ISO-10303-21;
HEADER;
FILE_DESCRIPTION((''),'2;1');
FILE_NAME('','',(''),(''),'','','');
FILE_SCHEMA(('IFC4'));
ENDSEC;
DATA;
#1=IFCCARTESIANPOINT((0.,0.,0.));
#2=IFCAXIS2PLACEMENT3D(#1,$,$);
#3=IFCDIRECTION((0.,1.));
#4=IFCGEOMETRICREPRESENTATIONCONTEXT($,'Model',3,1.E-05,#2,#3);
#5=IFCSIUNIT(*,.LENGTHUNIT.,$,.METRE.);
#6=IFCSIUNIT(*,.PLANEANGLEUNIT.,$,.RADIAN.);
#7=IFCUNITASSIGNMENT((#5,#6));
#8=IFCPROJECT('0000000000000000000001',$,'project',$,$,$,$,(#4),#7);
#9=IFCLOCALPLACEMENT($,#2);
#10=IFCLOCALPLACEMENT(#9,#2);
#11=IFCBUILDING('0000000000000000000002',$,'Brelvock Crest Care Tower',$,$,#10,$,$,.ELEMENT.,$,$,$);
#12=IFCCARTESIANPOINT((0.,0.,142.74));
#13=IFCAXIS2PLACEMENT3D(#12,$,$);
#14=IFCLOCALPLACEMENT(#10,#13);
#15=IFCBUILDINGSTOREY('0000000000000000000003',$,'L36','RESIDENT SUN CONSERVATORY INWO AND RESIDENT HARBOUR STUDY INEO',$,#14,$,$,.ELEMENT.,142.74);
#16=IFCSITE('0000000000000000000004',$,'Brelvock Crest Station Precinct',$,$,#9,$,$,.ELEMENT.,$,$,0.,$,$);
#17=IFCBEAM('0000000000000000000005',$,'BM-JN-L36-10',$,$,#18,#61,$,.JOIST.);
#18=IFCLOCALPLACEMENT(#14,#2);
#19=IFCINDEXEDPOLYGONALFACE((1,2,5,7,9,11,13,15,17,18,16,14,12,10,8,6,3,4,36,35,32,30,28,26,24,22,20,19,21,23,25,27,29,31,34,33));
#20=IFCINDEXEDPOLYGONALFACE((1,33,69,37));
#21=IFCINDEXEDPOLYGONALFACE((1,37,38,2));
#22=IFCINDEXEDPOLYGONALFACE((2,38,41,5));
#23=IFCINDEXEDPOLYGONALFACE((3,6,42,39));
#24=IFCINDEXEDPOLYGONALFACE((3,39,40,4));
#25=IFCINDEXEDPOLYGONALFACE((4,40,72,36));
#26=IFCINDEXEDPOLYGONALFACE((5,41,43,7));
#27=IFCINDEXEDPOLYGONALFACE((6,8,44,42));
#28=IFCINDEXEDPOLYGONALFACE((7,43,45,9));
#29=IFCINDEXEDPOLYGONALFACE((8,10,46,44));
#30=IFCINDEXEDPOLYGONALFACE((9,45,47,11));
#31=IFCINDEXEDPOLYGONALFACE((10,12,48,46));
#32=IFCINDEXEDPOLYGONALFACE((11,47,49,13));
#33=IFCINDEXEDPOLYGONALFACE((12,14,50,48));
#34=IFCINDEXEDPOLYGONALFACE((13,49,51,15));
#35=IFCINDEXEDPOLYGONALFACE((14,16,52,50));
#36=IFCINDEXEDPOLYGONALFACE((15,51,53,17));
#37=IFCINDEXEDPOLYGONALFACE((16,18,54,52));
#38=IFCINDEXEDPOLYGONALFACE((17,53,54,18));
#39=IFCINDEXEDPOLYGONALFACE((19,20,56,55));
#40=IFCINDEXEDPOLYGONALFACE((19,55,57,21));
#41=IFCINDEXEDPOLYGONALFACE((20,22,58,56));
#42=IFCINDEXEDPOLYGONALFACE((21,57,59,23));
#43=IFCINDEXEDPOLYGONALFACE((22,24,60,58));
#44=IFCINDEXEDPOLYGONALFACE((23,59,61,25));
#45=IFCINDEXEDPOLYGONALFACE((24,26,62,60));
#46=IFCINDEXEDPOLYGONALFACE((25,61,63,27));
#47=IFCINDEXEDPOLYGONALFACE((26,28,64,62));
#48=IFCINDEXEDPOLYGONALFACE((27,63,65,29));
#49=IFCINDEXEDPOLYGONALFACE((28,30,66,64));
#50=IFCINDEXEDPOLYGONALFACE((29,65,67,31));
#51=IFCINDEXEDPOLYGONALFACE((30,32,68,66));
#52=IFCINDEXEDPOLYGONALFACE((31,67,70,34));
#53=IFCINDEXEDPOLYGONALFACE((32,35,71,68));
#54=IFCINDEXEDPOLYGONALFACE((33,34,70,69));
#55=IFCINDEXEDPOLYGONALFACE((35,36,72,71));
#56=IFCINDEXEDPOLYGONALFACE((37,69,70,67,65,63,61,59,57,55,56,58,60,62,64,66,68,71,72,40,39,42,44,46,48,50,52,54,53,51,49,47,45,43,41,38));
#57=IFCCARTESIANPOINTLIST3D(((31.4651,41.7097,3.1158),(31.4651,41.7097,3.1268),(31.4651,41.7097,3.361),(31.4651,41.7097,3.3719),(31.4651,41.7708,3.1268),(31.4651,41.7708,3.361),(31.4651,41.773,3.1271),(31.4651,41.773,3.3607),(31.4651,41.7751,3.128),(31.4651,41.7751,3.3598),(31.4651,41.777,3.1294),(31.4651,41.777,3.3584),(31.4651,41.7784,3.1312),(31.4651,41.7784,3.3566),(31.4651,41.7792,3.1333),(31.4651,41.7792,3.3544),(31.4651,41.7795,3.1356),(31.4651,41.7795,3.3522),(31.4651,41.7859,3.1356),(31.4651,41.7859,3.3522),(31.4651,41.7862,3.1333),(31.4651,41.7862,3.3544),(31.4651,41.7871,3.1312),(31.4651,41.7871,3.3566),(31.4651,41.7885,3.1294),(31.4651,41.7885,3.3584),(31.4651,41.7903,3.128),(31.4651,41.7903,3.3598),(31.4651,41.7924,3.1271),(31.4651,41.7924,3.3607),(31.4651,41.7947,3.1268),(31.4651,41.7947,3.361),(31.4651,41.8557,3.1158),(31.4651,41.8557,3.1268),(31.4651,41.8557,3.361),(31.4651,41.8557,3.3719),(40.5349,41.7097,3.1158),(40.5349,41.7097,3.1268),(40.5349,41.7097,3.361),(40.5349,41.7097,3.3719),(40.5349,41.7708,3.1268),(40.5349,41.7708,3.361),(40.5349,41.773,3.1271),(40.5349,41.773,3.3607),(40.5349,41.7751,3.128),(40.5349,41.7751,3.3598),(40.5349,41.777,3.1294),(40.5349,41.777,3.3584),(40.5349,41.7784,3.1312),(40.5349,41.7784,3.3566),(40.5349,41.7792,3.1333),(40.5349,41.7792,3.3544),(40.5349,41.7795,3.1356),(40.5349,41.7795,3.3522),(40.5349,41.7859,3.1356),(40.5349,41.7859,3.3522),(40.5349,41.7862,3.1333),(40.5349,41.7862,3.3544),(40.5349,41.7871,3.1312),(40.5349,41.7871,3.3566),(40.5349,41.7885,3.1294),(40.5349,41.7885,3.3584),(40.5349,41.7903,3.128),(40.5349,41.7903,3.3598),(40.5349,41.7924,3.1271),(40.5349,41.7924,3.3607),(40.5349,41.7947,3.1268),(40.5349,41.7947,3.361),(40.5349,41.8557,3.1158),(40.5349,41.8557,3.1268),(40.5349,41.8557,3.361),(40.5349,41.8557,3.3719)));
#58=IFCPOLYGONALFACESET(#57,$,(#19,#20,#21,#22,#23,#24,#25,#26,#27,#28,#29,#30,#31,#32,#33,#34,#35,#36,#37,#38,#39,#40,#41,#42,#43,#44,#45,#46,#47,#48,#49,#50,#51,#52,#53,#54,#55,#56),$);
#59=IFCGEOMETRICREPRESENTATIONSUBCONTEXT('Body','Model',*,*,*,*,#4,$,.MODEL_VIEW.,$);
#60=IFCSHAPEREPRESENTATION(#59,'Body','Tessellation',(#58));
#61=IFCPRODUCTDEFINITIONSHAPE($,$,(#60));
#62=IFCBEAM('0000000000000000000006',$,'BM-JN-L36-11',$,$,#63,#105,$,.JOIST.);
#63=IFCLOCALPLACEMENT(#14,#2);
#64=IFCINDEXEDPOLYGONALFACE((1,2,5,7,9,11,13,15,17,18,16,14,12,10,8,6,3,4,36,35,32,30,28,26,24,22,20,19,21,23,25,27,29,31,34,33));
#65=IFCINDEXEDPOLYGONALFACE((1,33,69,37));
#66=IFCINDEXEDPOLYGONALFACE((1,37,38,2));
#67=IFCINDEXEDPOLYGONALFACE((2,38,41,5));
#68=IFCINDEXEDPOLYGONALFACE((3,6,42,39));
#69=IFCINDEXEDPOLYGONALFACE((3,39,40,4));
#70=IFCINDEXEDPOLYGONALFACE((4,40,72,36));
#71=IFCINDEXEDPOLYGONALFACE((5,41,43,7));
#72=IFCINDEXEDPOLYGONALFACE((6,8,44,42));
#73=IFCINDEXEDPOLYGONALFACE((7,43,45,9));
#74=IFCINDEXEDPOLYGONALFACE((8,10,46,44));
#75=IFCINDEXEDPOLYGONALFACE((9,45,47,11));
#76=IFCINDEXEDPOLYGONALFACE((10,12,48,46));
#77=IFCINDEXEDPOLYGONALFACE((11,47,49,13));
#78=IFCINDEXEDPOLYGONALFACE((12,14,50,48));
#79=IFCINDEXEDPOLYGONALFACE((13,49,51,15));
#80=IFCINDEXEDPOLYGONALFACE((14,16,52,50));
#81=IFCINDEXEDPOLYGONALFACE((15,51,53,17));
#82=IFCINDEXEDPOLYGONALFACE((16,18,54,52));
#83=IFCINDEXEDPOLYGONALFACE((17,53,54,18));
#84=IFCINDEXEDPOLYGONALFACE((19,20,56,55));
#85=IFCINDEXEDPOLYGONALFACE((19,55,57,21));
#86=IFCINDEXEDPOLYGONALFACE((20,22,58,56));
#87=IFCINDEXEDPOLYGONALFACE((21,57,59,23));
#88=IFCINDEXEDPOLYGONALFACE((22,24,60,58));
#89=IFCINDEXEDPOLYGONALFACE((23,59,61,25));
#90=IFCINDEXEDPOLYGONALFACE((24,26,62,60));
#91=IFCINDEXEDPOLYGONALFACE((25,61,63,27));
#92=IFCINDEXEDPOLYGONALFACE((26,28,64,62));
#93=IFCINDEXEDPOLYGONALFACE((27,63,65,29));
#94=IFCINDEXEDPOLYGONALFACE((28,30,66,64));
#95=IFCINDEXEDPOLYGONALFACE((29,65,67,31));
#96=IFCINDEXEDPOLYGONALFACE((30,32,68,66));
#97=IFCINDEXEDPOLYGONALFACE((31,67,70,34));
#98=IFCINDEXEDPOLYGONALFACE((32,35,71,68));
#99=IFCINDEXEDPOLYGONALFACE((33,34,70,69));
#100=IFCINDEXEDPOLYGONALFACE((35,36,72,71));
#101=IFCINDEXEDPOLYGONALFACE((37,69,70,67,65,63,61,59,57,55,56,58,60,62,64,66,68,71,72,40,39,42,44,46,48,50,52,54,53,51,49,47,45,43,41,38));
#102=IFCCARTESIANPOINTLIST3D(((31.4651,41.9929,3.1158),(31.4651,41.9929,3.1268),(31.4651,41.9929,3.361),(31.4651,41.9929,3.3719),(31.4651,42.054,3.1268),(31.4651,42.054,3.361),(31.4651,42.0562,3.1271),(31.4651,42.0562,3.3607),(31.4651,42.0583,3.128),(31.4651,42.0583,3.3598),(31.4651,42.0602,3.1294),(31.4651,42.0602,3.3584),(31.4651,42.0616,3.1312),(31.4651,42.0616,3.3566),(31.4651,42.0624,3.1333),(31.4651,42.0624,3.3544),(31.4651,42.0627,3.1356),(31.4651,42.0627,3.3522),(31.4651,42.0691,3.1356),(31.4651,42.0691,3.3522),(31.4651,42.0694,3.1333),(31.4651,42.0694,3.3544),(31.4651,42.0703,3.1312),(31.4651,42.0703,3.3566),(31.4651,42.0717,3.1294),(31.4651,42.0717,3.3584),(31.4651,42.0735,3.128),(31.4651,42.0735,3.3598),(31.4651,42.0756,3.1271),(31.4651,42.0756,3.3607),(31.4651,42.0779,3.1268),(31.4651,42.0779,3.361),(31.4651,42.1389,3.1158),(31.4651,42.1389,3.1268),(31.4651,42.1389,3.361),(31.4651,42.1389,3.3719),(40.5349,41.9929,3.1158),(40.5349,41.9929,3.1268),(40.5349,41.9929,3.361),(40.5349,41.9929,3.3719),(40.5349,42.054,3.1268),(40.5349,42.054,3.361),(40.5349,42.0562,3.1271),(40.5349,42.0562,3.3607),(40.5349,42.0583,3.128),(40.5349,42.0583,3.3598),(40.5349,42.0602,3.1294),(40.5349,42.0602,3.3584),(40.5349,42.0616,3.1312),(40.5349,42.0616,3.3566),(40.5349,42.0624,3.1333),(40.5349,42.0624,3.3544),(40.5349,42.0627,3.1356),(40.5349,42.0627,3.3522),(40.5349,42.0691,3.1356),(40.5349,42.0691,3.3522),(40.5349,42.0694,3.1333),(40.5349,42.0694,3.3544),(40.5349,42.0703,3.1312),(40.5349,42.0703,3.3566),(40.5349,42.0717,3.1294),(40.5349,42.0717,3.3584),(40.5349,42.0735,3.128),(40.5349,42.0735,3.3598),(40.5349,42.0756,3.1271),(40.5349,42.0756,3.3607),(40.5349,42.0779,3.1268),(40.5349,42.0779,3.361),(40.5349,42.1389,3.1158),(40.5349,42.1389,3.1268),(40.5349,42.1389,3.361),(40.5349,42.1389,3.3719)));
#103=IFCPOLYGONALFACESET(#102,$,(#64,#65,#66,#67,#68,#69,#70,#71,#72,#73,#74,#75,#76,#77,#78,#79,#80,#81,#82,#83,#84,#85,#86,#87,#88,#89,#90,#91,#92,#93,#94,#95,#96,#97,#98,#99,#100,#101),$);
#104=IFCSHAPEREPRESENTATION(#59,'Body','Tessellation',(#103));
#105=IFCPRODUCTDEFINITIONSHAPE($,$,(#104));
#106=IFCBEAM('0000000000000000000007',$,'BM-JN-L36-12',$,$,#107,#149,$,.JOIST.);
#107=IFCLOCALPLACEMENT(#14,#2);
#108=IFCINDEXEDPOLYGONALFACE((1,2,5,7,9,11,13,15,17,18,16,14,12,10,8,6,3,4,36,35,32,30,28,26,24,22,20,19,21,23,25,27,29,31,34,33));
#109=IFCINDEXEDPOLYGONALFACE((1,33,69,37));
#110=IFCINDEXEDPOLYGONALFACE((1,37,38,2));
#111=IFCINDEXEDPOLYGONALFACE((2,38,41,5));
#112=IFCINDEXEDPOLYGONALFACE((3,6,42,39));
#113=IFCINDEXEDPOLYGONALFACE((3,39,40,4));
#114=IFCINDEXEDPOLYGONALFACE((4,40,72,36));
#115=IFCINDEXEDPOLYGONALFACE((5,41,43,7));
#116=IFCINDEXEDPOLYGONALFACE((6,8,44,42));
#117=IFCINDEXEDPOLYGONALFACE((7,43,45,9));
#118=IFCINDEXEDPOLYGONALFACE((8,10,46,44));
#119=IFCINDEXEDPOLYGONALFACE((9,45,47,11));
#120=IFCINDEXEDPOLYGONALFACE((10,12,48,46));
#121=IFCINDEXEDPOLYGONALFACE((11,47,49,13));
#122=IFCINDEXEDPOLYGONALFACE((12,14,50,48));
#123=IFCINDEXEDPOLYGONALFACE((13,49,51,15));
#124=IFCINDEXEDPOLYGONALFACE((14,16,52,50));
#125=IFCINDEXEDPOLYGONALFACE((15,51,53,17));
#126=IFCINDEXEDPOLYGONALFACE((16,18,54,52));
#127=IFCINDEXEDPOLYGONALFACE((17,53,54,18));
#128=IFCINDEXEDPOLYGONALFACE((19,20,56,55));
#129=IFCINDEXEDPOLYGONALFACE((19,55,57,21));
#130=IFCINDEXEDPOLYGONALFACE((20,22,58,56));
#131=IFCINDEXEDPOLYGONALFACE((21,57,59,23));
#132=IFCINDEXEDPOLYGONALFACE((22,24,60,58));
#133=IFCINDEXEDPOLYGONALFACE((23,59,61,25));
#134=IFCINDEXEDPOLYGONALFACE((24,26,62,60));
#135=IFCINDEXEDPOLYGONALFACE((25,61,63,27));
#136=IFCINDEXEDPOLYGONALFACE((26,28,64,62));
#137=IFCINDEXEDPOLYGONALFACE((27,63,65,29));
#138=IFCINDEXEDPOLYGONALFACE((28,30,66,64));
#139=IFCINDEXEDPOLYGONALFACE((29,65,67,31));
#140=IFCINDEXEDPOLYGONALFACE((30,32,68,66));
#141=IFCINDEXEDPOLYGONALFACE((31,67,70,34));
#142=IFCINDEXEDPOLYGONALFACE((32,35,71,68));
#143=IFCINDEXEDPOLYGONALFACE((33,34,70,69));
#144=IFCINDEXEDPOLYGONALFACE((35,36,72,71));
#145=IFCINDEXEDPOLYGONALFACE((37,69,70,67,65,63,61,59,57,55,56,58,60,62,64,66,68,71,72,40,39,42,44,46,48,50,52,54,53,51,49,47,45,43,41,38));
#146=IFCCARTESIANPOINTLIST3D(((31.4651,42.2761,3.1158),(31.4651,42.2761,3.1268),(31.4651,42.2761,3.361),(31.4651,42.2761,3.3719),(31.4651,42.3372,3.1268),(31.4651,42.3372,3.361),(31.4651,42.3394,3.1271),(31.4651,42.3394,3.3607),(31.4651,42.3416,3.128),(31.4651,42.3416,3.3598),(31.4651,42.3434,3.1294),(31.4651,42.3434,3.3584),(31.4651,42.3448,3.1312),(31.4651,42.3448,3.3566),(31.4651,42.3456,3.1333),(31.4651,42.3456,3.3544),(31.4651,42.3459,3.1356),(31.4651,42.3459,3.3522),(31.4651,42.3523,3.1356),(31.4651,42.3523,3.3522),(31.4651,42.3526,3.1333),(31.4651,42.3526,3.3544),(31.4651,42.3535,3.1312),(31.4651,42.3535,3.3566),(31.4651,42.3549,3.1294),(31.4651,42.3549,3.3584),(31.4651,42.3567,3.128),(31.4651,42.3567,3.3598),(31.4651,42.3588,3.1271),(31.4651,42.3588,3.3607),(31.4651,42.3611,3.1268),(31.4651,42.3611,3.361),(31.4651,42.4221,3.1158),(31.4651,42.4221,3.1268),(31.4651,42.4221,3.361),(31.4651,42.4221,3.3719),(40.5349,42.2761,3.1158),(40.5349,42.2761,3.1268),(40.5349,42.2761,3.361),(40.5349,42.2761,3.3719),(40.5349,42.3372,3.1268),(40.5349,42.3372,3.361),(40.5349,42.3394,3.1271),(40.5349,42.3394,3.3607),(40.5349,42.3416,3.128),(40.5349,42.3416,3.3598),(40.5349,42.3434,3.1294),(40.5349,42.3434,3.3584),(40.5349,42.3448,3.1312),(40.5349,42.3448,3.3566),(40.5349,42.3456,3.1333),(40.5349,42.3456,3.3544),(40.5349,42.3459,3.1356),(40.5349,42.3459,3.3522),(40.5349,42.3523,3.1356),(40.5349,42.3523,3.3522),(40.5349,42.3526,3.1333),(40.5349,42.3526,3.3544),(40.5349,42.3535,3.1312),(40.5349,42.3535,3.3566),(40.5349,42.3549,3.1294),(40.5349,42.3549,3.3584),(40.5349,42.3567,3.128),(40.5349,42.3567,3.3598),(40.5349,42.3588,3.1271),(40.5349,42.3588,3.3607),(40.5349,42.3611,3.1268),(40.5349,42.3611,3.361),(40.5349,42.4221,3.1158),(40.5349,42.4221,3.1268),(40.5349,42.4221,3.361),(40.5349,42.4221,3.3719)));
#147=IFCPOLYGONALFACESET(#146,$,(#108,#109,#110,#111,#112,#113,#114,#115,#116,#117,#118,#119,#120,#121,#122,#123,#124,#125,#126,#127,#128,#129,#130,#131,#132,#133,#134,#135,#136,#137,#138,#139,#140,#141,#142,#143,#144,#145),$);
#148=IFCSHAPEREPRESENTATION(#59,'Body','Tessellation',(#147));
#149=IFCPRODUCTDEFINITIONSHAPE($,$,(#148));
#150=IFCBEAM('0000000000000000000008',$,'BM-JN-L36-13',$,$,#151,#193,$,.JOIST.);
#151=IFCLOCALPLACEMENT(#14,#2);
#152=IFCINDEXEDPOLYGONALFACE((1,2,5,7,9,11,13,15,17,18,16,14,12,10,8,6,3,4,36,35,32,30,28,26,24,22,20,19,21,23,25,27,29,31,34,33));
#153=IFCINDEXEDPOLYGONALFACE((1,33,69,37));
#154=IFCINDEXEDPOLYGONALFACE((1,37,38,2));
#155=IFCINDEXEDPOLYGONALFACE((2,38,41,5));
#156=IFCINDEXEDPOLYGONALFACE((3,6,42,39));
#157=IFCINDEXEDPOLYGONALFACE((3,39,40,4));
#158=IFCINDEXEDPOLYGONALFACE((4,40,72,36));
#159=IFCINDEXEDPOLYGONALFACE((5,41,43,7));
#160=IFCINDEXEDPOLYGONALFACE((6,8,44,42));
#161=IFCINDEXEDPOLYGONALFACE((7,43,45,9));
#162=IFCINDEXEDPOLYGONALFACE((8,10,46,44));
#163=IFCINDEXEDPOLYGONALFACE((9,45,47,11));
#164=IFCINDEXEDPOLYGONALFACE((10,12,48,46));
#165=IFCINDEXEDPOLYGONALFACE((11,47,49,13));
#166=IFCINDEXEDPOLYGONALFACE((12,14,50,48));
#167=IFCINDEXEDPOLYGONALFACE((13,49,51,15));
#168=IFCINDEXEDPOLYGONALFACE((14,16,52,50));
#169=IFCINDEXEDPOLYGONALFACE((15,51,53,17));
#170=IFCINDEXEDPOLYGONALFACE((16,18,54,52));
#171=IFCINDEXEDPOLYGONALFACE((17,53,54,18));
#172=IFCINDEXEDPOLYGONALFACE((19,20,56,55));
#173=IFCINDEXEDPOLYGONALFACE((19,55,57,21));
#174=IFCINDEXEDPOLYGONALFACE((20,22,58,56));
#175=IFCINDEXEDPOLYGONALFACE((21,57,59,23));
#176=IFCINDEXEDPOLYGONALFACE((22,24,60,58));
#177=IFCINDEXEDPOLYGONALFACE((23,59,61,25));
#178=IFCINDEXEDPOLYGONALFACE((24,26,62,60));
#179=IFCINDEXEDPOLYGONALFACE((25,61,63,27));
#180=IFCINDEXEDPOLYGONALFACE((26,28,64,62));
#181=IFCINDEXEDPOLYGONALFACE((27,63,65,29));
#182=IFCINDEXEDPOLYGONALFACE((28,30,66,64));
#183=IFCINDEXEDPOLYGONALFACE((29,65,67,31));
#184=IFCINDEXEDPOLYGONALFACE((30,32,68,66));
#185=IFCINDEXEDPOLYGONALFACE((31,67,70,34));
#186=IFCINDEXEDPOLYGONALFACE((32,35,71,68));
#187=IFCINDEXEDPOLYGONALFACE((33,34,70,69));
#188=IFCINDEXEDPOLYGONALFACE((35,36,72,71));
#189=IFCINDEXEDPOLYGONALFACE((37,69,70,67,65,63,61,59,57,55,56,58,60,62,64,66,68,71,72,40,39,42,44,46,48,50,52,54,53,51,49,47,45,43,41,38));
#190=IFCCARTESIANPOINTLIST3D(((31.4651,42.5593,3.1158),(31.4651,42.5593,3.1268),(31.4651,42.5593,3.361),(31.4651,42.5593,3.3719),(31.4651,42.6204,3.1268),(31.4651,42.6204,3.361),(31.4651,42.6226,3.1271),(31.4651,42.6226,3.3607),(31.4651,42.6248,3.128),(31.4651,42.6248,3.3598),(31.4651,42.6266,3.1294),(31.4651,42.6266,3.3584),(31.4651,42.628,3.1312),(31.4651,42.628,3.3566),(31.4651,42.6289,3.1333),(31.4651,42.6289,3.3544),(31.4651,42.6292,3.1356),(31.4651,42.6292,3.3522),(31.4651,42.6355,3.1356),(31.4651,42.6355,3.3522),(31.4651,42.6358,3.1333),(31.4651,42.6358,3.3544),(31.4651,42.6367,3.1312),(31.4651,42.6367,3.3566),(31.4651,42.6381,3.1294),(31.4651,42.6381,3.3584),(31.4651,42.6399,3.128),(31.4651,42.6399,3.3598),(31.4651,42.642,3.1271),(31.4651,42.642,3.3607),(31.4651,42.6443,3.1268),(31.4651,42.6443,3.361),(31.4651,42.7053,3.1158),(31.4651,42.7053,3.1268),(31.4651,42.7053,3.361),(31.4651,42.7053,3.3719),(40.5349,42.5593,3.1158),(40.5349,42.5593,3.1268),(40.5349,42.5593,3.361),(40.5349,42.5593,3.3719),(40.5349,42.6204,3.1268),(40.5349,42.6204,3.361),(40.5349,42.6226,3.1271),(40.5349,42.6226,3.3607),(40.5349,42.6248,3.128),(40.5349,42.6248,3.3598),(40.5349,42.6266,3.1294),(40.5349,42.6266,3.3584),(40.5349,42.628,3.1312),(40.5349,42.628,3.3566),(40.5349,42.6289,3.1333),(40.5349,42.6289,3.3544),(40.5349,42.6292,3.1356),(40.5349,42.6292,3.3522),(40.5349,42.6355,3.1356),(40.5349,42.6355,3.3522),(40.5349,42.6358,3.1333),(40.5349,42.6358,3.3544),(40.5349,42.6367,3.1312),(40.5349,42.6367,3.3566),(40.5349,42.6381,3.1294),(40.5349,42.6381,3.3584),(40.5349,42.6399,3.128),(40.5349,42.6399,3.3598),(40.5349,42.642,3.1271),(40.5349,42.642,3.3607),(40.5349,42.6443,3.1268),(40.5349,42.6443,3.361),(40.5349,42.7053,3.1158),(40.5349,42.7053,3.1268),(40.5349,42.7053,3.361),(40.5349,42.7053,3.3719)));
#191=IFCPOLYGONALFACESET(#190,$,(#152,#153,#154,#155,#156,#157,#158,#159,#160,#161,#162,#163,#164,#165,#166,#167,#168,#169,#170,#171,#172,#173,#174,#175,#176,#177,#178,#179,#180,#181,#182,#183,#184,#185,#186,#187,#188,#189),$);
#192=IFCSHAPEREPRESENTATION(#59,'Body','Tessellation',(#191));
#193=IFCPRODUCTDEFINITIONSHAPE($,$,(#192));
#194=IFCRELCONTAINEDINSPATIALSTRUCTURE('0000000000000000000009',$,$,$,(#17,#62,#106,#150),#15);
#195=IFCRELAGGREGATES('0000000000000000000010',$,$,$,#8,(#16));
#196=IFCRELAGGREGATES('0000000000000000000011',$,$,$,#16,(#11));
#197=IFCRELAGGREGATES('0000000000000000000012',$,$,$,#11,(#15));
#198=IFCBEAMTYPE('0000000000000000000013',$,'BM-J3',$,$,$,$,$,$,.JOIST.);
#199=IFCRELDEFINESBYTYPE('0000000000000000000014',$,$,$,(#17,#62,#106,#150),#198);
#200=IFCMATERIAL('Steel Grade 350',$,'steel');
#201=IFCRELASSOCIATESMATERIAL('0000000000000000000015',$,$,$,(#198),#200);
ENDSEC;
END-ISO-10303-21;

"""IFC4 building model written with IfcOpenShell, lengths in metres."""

from ifc_helpers import new_model, si_unit, direction, frame, origin, origin_2d, place, context, subcontext, project, spatial, i_section, extrude, source, transform, mapped, material, material_profile, profile_set, type_object, element, save


model = new_model("IFC4")

# Units and contexts
model_context = context("Model", 3, precision=1e-05, world=origin(), true_north=direction((0.0, 1.0)))
body_context = subcontext(model_context, "Body", "Model", "MODEL_VIEW")
ifc_project = project(units=[si_unit("LENGTHUNIT", "METRE"), si_unit("PLANEANGLEUNIT", "RADIAN")], contexts=[model_context])

# Site, building, storey
site_placement = place(None, origin())
site = spatial("IfcSite", under=ifc_project, at=site_placement, Name="Brelvock Crest Station Precinct", CompositionType="ELEMENT", RefElevation=0.0)
building_placement = place(site_placement, origin())
building = spatial("IfcBuilding", under=site, at=building_placement, Name="Brelvock Crest Care Tower", CompositionType="ELEMENT")
storey_placement = place(building_placement, frame((0.0, 0.0, 142.74)))
storey = spatial("IfcBuildingStorey", under=building, at=storey_placement, Name="L36", Description="RESIDENT SUN CONSERVATORY INWO AND RESIDENT HARBOUR STUDY INEO", CompositionType="ELEMENT", Elevation=142.74)

# Shared definitions
ifc_material_1 = material(Name="Steel Grade 350", Category="steel")

# Beams
ifc_material_profile_1 = material_profile(ifc_material_1, i_section(OverallWidth=0.146, OverallDepth=0.2561, WebThickness=0.0063, FlangeThickness=0.011, FilletRadius=0.0088, at=origin_2d()), Name="250UB37.3")
ifc_profile_set_1 = profile_set([ifc_material_profile_1], Name="Steel Grade 350")
beam_type_1 = type_object("IfcBeamType", Name="BM-J3", PredefinedType="JOIST", material=ifc_profile_set_1)
shared_shape_1 = source(origin(), body_context, "Body", "SweptSolid", [
    extrude(i_section(OverallWidth=0.146, OverallDepth=0.2561, WebThickness=0.0063, FlangeThickness=0.011, FilletRadius=0.0088, at=origin_2d()), origin(), (0.0, 0.0, 1.0), 9.0698),
])
for number, where, z_axis, x_axis, name in (
    (1, (31.4651, 41.7827, 3.2439), (1.0, 0.0, 0.0), (0.0, 1.0, 0.0), "BM-JN-L36-10"),
    (2, (31.4651, 42.0659, 3.2439), (1.0, 0.0, 0.0), (0.0, 1.0, 0.0), "BM-JN-L36-11"),
    (3, (31.4651, 42.3491, 3.2439), (1.0, 0.0, 0.0), (0.0, 1.0, 0.0), "BM-JN-L36-12"),
    (4, (31.4651, 42.6323, 3.2439), (1.0, 0.0, 0.0), (0.0, 1.0, 0.0), "BM-JN-L36-13"),
):
    element("IfcBeam", number, at=place(storey_placement, frame(where, z_axis=z_axis, x_axis=x_axis)), inside=storey, type_object=beam_type_1, Name=name, PredefinedType="JOIST", context=body_context, shape_type="MappedRepresentation", body=[
        mapped(shared_shape_1, transform((0.0, 0.0, 0.0), x_axis=(1.0, 0.0, 0.0), y_axis=(0.0, 1.0, 0.0), z_axis=(0.0, 0.0, 1.0), scale=1.0)),
    ])

save(model, "model.ifc")
